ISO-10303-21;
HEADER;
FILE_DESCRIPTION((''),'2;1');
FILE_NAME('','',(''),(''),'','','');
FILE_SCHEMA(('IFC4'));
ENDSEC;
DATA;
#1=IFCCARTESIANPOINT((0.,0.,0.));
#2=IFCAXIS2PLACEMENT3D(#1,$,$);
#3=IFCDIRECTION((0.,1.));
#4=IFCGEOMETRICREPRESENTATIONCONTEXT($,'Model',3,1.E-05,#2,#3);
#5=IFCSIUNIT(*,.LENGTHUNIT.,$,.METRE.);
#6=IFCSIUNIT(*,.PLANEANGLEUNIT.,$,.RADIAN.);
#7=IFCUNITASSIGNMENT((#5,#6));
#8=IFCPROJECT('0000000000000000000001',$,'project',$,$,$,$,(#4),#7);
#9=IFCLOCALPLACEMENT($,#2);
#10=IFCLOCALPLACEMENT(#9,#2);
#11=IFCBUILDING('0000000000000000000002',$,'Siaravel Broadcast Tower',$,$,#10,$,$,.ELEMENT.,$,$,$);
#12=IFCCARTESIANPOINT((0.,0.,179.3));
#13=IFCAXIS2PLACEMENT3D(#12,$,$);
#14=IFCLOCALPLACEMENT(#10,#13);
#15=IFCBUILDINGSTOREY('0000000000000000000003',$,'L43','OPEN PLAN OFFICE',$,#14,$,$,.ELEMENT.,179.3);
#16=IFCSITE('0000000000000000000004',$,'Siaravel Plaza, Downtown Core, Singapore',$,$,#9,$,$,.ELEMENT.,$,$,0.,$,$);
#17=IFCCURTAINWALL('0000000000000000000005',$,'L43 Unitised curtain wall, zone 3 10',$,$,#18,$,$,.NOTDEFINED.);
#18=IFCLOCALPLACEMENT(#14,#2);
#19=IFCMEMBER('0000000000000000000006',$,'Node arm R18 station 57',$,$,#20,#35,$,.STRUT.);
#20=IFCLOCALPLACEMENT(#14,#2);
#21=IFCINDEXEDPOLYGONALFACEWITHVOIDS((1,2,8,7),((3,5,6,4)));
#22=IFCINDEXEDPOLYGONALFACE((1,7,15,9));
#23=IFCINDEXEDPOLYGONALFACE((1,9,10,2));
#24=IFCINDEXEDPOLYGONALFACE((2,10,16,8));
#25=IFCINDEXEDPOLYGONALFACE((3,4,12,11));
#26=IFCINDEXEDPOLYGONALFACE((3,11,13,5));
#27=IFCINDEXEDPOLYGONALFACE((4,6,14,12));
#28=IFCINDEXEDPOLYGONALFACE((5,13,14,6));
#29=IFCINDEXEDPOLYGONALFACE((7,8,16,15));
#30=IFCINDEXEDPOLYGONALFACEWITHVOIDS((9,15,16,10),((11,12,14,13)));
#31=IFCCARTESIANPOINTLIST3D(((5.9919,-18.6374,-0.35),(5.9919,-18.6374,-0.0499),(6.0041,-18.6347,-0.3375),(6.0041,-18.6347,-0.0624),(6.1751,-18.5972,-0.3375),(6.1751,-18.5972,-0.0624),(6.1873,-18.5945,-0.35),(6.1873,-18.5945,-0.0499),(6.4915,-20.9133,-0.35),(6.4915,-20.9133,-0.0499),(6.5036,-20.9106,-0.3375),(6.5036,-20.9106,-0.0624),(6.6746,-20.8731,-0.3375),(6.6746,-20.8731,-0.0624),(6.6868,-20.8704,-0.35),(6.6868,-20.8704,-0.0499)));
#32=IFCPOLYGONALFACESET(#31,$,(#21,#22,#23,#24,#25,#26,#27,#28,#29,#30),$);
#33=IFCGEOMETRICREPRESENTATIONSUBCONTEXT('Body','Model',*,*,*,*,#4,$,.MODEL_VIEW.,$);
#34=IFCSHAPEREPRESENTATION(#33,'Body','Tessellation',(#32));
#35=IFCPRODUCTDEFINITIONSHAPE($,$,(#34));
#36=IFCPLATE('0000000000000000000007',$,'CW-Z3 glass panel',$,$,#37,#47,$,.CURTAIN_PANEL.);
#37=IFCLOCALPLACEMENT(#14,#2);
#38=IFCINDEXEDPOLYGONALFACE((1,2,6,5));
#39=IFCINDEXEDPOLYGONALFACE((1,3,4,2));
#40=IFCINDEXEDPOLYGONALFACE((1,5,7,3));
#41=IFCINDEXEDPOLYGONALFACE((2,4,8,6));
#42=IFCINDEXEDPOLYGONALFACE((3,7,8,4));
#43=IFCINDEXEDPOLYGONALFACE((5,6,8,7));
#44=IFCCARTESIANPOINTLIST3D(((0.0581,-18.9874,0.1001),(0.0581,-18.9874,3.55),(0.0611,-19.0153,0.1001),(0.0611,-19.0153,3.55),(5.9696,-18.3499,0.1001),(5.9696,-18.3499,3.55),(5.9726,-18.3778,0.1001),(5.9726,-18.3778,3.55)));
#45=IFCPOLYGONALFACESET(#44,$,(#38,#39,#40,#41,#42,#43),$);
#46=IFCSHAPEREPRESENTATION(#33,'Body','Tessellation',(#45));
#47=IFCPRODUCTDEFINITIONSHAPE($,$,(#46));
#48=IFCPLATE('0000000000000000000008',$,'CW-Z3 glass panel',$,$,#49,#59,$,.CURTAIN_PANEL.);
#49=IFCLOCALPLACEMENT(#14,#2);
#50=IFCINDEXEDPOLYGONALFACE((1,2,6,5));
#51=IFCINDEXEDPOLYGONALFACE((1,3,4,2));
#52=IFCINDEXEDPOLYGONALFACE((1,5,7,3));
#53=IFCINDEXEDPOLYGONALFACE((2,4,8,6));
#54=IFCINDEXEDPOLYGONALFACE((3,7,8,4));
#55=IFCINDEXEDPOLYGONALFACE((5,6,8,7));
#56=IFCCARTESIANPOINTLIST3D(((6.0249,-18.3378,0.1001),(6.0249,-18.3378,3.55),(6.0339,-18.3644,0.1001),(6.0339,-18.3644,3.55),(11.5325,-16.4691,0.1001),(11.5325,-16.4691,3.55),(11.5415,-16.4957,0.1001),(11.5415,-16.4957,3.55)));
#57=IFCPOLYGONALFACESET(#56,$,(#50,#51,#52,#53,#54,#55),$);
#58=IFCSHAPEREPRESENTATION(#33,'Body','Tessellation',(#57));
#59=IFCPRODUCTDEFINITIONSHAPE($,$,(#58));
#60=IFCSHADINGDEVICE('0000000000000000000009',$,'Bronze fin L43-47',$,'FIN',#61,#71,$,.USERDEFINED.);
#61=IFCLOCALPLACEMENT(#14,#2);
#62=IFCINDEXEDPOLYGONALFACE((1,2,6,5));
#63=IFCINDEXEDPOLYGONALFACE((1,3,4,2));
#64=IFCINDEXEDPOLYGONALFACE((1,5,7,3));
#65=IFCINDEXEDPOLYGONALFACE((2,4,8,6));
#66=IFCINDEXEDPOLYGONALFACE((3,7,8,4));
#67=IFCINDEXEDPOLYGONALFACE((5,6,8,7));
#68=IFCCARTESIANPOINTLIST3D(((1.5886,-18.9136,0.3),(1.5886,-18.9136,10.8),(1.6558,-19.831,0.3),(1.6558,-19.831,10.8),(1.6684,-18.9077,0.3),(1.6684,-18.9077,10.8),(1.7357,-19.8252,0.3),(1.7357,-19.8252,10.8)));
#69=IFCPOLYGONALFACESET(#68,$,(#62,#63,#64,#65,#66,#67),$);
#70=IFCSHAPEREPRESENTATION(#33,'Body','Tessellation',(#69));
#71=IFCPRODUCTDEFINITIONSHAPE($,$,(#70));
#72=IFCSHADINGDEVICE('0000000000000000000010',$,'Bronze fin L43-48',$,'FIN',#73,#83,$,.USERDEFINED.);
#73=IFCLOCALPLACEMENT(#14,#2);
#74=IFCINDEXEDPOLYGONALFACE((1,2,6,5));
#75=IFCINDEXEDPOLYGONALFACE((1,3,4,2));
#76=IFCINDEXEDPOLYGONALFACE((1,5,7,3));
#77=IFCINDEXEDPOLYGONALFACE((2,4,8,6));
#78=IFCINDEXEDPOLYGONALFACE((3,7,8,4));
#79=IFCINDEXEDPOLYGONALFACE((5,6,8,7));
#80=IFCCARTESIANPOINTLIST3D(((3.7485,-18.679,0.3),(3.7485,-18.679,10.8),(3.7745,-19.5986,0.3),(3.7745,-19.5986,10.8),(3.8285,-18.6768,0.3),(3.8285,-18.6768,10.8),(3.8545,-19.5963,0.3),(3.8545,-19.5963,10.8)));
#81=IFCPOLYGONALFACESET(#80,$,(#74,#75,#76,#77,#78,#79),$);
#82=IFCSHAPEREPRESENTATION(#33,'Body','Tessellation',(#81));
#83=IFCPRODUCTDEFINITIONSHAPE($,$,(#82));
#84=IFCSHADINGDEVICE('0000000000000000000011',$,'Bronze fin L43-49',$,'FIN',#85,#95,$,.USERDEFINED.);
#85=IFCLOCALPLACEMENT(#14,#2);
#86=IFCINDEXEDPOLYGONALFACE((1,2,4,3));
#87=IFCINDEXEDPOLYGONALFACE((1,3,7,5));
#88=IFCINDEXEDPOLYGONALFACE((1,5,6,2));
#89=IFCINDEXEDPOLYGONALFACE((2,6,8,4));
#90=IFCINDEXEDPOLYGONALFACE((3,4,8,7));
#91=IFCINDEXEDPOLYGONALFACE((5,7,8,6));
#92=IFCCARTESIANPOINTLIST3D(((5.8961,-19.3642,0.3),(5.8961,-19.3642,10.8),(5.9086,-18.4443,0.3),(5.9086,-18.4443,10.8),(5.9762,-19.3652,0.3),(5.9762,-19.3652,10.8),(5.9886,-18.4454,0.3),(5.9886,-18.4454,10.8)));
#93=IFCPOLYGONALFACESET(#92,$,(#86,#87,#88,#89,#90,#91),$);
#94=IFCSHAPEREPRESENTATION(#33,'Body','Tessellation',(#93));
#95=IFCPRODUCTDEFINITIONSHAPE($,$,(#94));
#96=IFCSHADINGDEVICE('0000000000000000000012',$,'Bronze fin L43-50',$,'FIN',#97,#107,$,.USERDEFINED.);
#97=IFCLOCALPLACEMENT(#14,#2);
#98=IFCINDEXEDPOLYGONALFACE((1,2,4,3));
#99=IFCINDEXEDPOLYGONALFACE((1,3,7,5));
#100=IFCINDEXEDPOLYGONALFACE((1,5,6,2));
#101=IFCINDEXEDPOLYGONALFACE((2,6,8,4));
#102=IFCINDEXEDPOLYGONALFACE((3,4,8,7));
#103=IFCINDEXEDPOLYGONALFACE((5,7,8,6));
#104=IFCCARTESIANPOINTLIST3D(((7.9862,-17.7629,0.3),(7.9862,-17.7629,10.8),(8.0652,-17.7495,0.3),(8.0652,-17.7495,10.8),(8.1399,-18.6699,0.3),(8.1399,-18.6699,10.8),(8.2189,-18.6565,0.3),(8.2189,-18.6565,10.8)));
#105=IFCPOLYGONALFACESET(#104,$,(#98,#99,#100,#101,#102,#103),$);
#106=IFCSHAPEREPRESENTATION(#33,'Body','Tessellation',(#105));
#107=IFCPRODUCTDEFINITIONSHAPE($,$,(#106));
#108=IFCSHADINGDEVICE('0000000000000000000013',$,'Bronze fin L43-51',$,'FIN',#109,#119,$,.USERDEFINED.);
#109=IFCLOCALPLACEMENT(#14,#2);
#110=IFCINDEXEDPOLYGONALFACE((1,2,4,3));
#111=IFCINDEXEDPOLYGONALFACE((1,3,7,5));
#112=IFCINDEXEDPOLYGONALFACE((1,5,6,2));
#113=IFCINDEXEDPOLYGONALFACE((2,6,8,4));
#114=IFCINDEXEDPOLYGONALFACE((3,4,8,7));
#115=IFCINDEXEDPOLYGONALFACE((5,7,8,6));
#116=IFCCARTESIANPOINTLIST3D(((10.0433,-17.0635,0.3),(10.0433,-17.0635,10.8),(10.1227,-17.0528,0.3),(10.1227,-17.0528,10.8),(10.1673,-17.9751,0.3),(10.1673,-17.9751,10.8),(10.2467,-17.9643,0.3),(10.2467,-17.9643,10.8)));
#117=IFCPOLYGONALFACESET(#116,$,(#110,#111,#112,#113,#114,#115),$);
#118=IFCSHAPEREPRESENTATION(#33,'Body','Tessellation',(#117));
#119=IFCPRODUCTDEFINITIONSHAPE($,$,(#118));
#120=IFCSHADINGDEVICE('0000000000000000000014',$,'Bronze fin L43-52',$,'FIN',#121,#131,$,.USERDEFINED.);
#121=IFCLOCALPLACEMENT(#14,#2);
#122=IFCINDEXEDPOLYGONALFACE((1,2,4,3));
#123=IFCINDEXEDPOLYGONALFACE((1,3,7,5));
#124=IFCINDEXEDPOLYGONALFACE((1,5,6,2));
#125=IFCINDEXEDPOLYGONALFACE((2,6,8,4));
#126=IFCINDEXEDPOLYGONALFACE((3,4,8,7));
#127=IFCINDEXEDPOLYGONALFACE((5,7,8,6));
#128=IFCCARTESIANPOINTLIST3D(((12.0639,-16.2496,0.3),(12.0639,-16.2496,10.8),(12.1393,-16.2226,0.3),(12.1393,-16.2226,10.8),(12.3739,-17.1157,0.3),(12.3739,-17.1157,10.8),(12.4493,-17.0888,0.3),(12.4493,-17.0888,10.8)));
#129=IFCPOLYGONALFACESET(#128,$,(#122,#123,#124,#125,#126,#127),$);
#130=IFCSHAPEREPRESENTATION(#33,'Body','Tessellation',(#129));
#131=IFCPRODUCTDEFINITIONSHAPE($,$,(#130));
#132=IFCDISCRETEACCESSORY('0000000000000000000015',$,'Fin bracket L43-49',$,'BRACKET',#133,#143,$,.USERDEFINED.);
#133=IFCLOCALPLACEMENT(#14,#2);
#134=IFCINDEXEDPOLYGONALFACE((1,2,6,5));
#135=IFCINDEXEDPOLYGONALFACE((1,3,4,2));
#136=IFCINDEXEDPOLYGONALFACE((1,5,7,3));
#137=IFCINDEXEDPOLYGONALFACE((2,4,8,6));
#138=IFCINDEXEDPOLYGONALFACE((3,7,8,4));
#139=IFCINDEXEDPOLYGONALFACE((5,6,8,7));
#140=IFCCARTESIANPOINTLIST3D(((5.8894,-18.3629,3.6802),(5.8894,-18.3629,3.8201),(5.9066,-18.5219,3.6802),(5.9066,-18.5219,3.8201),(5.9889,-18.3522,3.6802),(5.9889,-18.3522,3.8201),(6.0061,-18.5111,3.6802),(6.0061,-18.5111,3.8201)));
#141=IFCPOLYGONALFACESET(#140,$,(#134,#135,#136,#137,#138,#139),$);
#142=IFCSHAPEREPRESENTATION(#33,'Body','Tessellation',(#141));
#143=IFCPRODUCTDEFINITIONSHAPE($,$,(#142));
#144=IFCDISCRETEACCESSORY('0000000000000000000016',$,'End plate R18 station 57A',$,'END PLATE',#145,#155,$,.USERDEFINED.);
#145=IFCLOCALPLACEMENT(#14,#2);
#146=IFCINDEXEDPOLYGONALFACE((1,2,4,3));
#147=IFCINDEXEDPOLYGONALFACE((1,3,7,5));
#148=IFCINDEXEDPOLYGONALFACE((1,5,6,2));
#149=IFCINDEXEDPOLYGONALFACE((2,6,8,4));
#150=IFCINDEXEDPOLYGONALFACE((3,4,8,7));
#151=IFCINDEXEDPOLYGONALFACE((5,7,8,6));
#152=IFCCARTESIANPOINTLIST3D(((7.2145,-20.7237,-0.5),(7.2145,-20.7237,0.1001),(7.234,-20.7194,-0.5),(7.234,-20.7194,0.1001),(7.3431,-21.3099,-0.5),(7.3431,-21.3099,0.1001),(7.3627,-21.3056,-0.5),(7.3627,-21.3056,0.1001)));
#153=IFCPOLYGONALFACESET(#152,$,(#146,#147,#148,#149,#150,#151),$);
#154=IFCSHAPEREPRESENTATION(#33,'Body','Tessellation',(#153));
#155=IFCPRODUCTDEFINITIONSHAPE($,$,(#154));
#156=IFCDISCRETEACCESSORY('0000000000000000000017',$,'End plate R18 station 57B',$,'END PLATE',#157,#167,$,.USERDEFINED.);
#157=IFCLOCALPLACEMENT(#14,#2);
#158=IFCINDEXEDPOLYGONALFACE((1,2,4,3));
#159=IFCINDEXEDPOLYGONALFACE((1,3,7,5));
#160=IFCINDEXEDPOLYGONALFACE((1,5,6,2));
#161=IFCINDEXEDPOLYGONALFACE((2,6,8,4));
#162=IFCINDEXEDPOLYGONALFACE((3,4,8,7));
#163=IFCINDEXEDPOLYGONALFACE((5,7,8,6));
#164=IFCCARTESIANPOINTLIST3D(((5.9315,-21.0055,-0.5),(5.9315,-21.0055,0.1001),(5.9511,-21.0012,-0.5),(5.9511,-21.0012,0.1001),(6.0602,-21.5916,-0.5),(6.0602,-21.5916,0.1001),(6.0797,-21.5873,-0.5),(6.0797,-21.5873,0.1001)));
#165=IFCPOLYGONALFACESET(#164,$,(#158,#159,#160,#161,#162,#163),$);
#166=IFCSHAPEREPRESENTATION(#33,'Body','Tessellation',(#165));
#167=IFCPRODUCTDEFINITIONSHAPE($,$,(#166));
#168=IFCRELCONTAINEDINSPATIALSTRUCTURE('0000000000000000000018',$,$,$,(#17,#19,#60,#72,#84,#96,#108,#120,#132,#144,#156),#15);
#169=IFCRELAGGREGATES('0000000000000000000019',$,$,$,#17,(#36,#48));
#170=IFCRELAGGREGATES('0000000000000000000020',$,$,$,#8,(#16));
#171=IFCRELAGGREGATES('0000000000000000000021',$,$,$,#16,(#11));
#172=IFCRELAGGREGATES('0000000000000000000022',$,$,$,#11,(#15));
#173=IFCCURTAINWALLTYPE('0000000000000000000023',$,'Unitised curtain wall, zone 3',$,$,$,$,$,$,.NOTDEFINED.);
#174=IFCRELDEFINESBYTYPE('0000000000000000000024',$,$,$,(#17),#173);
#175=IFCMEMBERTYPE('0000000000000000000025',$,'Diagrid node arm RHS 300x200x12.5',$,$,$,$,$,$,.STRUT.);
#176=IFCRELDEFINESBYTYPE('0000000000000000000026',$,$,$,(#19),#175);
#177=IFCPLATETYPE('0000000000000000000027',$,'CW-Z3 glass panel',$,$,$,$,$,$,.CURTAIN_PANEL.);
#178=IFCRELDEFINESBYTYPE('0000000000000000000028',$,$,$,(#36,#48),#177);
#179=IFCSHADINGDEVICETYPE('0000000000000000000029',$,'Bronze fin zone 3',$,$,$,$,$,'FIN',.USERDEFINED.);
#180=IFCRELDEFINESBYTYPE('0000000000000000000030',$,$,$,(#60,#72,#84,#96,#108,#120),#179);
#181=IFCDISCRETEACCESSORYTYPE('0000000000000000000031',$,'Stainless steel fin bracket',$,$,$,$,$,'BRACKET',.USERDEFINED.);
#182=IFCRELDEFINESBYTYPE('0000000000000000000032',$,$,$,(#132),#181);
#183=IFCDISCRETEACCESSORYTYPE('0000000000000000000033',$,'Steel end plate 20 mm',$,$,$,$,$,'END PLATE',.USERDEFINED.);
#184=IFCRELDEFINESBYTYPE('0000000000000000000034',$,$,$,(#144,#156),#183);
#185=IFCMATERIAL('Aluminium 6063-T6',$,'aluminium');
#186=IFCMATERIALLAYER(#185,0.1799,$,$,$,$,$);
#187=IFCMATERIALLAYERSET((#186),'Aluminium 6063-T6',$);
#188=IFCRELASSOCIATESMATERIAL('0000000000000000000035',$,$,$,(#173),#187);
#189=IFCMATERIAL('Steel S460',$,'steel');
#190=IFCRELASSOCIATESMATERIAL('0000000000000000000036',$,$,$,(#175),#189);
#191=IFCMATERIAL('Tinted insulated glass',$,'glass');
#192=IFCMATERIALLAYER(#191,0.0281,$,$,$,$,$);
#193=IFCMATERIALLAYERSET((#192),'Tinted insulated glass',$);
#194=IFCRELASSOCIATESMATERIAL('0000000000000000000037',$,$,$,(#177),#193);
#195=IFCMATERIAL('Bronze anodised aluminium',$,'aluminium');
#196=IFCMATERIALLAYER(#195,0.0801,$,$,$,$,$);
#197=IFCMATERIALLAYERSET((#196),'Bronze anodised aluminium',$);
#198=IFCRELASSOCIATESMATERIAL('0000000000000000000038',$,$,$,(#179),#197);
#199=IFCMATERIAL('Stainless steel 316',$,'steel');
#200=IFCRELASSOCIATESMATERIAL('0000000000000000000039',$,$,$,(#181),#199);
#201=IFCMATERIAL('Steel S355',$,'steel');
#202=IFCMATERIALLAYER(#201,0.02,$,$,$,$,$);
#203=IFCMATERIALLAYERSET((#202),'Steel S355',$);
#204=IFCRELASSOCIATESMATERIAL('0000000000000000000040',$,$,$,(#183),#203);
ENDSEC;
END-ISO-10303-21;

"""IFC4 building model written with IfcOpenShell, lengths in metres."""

from ifc_helpers import new_model, si_unit, direction, frame, origin, origin_2d, place, context, subcontext, project, spatial, rectangle, hollow_rectangle, extrude, material, layer, layer_set, material_profile, profile_set, type_object, element, aggregate, save


model = new_model("IFC4")

# Units and contexts
model_context = context("Model", 3, precision=1e-05, world=origin(), true_north=direction((0.0, 1.0)))
body_context = subcontext(model_context, "Body", "Model", "MODEL_VIEW")
ifc_project = project(units=[si_unit("LENGTHUNIT", "METRE"), si_unit("PLANEANGLEUNIT", "RADIAN")], contexts=[model_context])

# Site, building, storey
site_placement = place(None, origin())
site = spatial("IfcSite", under=ifc_project, at=site_placement, Name="Siaravel Plaza, Downtown Core, Singapore", CompositionType="ELEMENT", RefElevation=0.0)
building_placement = place(site_placement, origin())
building = spatial("IfcBuilding", under=site, at=building_placement, Name="Siaravel Broadcast Tower", CompositionType="ELEMENT")
storey_placement = place(building_placement, frame((0.0, 0.0, 179.3)))
storey = spatial("IfcBuildingStorey", under=building, at=storey_placement, Name="L43", Description="OPEN PLAN OFFICE", CompositionType="ELEMENT", Elevation=179.3)

# Shared definitions
ifc_material_1 = material(Name="Steel S355", Category="steel")

# Curtain wall
ifc_material_2 = material(Name="Aluminium 6063-T6", Category="aluminium")
ifc_layer_1 = layer(ifc_material_2, 0.1799)
ifc_layer_set_1 = layer_set([ifc_layer_1], Name="Aluminium 6063-T6")
curtain_wall_type = type_object("IfcCurtainWallType", Name="Unitised curtain wall, zone 3", PredefinedType="NOTDEFINED", material=ifc_layer_set_1)
curtain_wall_placement = place(storey_placement, origin())
curtain_wall = element("IfcCurtainWall", 1, at=curtain_wall_placement, inside=storey, type_object=curtain_wall_type, Name="L43 Unitised curtain wall, zone 3 10", PredefinedType="NOTDEFINED")

# Member
ifc_material_3 = material(Name="Steel S460", Category="steel")
ifc_material_profile_1 = material_profile(ifc_material_3, hollow_rectangle(XDim=0.2, YDim=0.3, WallThickness=0.0125, at=origin_2d()))
ifc_profile_set_1 = profile_set([ifc_material_profile_1], Name="Steel S460")
member_type_1 = type_object("IfcMemberType", Name="Diagrid node arm RHS 300x200x12.5", PredefinedType="STRUT", material=ifc_profile_set_1)
member_1_placement = place(storey_placement, frame((6.0896, -18.616, -0.2), z_axis=(0.214378, -0.976751, 0.0), x_axis=(0.976751, 0.214378, 0.0)))
element("IfcMember", 2, at=member_1_placement, inside=storey, type_object=member_type_1, Name="Node arm R18 station 57", PredefinedType="STRUT", context=body_context, shape_type="SweptSolid", body=[
    extrude(hollow_rectangle(XDim=0.2, YDim=0.3, WallThickness=0.0125, at=origin_2d()), origin(), (0.0, 0.0, 1.0), 2.3301),
])

# Plates
ifc_material_4 = material(Name="Tinted insulated glass", Category="glass")
ifc_layer_2 = layer(ifc_material_4, 0.0281)
ifc_layer_set_2 = layer_set([ifc_layer_2], Name="Tinted insulated glass")
plate_type = type_object("IfcPlateType", Name="CW-Z3 glass panel", PredefinedType="CURTAIN_PANEL", material=ifc_layer_set_2)
plate_1_placement = place(storey_placement, frame((3.0154, -18.6826, 0.1001), z_axis=(0.0, 0.0, 1.0), x_axis=(0.994236, 0.107217, 0.0)))
plate_1 = element("IfcPlate", 3, at=plate_1_placement, type_object=plate_type, Name="CW-Z3 glass panel", PredefinedType="CURTAIN_PANEL", context=body_context, shape_type="SweptSolid", body=[
    extrude(rectangle(XDim=5.9458, YDim=0.0281, at=origin_2d()), origin(), (0.0, 0.0, 1.0), 3.45),
])
plate_2_placement = place(storey_placement, frame((8.7832, -17.4167, 0.1001), z_axis=(0.0, 0.0, 1.0), x_axis=(0.946977, 0.3213, 0.0)))
plate_2 = element("IfcPlate", 4, at=plate_2_placement, type_object=plate_type, Name="CW-Z3 glass panel", PredefinedType="CURTAIN_PANEL", context=body_context, shape_type="SweptSolid", body=[
    extrude(rectangle(XDim=5.8159, YDim=0.0281, at=origin_2d()), origin(), (0.0, 0.0, 1.0), 3.45),
])
aggregate(curtain_wall, [plate_1, plate_2])

# Shading devices
ifc_material_5 = material(Name="Bronze anodised aluminium", Category="aluminium")
ifc_layer_3 = layer(ifc_material_5, 0.0801)
ifc_layer_set_3 = layer_set([ifc_layer_3], Name="Bronze anodised aluminium")
shading_device_type = type_object("IfcShadingDeviceType", Name="Bronze fin zone 3", ElementType="FIN", PredefinedType="USERDEFINED", material=ifc_layer_set_3)
for number, where, z_axis, x_axis, name in (
    (5, (1.6621, -19.3694, 0.3), (0.0, 0.0, 1.0), (0.073094, -0.997325, 0.0), "Bronze fin L43-47"),
    (6, (3.8015, -19.1377, 0.3), (0.0, 0.0, 1.0), (0.02826, -0.999601, 0.0), "Bronze fin L43-48"),
    (7, (5.9424, -18.9048, 0.3), (0.0, 0.0, 1.0), (-0.013547, -0.999908, 0.0), "Bronze fin L43-49"),
    (8, (8.1025, -18.2097, 0.3), (0.0, 0.0, 1.0), (0.16707, -0.985945, 0.0), "Bronze fin L43-50"),
    (9, (10.145, -17.5139, 0.3), (0.0, 0.0, 1.0), (0.134792, -0.990874, 0.0), "Bronze fin L43-51"),
    (10, (12.2566, -16.6692, 0.3), (0.0, 0.0, 1.0), (0.336998, -0.941505, 0.0), "Bronze fin L43-52"),
):
    element("IfcShadingDevice", number, at=place(storey_placement, frame(where, z_axis=z_axis, x_axis=x_axis)), inside=storey, type_object=shading_device_type, Name=name, ObjectType="FIN", PredefinedType="USERDEFINED", context=body_context, shape_type="SweptSolid", body=[
        extrude(rectangle(XDim=0.9199, YDim=0.0801, at=origin_2d()), origin(), (0.0, 0.0, 1.0), 10.5),
    ])

# Discrete accessories
ifc_material_6 = material(Name="Stainless steel 316", Category="steel")
discrete_accessory_type_1 = type_object("IfcDiscreteAccessoryType", Name="Stainless steel fin bracket", ElementType="BRACKET", PredefinedType="USERDEFINED", material=ifc_material_6)
discrete_accessory_placement = place(storey_placement, frame((5.9478, -18.437, 3.6802), z_axis=(0.0, 0.0, 1.0), x_axis=(0.107217, -0.994236, 0.0)))
element("IfcDiscreteAccessory", 11, at=discrete_accessory_placement, inside=storey, type_object=discrete_accessory_type_1, Name="Fin bracket L43-49", ObjectType="BRACKET", PredefinedType="USERDEFINED", context=body_context, shape_type="SweptSolid", body=[
    extrude(rectangle(XDim=0.1599, YDim=0.1001, at=origin_2d()), origin(), (0.0, 0.0, 1.0), 0.1399),
])
ifc_layer_4 = layer(ifc_material_1, 0.02)
ifc_layer_set_4 = layer_set([ifc_layer_4], Name="Steel S355")
discrete_accessory_type_2 = type_object("IfcDiscreteAccessoryType", Name="Steel end plate 20 mm", ElementType="END PLATE", PredefinedType="USERDEFINED", material=ifc_layer_set_4)
for number, where, z_axis, x_axis, name in (
    (12, (7.2886, -21.0146, -0.5), (0.0, 0.0, 1.0), (0.976751, 0.214377, 0.0), "End plate R18 station 57A"),
    (13, (6.0056, -21.2964, -0.5), (0.0, 0.0, 1.0), (0.976751, 0.214377, 0.0), "End plate R18 station 57B"),
):
    element("IfcDiscreteAccessory", number, at=place(storey_placement, frame(where, z_axis=z_axis, x_axis=x_axis)), inside=storey, type_object=discrete_accessory_type_2, Name=name, ObjectType="END PLATE", PredefinedType="USERDEFINED", context=body_context, shape_type="SweptSolid", body=[
        extrude(rectangle(XDim=0.02, YDim=0.6001, at=origin_2d()), origin(), (0.0, 0.0, 1.0), 0.6001),
    ])

save(model, "model.ifc")
